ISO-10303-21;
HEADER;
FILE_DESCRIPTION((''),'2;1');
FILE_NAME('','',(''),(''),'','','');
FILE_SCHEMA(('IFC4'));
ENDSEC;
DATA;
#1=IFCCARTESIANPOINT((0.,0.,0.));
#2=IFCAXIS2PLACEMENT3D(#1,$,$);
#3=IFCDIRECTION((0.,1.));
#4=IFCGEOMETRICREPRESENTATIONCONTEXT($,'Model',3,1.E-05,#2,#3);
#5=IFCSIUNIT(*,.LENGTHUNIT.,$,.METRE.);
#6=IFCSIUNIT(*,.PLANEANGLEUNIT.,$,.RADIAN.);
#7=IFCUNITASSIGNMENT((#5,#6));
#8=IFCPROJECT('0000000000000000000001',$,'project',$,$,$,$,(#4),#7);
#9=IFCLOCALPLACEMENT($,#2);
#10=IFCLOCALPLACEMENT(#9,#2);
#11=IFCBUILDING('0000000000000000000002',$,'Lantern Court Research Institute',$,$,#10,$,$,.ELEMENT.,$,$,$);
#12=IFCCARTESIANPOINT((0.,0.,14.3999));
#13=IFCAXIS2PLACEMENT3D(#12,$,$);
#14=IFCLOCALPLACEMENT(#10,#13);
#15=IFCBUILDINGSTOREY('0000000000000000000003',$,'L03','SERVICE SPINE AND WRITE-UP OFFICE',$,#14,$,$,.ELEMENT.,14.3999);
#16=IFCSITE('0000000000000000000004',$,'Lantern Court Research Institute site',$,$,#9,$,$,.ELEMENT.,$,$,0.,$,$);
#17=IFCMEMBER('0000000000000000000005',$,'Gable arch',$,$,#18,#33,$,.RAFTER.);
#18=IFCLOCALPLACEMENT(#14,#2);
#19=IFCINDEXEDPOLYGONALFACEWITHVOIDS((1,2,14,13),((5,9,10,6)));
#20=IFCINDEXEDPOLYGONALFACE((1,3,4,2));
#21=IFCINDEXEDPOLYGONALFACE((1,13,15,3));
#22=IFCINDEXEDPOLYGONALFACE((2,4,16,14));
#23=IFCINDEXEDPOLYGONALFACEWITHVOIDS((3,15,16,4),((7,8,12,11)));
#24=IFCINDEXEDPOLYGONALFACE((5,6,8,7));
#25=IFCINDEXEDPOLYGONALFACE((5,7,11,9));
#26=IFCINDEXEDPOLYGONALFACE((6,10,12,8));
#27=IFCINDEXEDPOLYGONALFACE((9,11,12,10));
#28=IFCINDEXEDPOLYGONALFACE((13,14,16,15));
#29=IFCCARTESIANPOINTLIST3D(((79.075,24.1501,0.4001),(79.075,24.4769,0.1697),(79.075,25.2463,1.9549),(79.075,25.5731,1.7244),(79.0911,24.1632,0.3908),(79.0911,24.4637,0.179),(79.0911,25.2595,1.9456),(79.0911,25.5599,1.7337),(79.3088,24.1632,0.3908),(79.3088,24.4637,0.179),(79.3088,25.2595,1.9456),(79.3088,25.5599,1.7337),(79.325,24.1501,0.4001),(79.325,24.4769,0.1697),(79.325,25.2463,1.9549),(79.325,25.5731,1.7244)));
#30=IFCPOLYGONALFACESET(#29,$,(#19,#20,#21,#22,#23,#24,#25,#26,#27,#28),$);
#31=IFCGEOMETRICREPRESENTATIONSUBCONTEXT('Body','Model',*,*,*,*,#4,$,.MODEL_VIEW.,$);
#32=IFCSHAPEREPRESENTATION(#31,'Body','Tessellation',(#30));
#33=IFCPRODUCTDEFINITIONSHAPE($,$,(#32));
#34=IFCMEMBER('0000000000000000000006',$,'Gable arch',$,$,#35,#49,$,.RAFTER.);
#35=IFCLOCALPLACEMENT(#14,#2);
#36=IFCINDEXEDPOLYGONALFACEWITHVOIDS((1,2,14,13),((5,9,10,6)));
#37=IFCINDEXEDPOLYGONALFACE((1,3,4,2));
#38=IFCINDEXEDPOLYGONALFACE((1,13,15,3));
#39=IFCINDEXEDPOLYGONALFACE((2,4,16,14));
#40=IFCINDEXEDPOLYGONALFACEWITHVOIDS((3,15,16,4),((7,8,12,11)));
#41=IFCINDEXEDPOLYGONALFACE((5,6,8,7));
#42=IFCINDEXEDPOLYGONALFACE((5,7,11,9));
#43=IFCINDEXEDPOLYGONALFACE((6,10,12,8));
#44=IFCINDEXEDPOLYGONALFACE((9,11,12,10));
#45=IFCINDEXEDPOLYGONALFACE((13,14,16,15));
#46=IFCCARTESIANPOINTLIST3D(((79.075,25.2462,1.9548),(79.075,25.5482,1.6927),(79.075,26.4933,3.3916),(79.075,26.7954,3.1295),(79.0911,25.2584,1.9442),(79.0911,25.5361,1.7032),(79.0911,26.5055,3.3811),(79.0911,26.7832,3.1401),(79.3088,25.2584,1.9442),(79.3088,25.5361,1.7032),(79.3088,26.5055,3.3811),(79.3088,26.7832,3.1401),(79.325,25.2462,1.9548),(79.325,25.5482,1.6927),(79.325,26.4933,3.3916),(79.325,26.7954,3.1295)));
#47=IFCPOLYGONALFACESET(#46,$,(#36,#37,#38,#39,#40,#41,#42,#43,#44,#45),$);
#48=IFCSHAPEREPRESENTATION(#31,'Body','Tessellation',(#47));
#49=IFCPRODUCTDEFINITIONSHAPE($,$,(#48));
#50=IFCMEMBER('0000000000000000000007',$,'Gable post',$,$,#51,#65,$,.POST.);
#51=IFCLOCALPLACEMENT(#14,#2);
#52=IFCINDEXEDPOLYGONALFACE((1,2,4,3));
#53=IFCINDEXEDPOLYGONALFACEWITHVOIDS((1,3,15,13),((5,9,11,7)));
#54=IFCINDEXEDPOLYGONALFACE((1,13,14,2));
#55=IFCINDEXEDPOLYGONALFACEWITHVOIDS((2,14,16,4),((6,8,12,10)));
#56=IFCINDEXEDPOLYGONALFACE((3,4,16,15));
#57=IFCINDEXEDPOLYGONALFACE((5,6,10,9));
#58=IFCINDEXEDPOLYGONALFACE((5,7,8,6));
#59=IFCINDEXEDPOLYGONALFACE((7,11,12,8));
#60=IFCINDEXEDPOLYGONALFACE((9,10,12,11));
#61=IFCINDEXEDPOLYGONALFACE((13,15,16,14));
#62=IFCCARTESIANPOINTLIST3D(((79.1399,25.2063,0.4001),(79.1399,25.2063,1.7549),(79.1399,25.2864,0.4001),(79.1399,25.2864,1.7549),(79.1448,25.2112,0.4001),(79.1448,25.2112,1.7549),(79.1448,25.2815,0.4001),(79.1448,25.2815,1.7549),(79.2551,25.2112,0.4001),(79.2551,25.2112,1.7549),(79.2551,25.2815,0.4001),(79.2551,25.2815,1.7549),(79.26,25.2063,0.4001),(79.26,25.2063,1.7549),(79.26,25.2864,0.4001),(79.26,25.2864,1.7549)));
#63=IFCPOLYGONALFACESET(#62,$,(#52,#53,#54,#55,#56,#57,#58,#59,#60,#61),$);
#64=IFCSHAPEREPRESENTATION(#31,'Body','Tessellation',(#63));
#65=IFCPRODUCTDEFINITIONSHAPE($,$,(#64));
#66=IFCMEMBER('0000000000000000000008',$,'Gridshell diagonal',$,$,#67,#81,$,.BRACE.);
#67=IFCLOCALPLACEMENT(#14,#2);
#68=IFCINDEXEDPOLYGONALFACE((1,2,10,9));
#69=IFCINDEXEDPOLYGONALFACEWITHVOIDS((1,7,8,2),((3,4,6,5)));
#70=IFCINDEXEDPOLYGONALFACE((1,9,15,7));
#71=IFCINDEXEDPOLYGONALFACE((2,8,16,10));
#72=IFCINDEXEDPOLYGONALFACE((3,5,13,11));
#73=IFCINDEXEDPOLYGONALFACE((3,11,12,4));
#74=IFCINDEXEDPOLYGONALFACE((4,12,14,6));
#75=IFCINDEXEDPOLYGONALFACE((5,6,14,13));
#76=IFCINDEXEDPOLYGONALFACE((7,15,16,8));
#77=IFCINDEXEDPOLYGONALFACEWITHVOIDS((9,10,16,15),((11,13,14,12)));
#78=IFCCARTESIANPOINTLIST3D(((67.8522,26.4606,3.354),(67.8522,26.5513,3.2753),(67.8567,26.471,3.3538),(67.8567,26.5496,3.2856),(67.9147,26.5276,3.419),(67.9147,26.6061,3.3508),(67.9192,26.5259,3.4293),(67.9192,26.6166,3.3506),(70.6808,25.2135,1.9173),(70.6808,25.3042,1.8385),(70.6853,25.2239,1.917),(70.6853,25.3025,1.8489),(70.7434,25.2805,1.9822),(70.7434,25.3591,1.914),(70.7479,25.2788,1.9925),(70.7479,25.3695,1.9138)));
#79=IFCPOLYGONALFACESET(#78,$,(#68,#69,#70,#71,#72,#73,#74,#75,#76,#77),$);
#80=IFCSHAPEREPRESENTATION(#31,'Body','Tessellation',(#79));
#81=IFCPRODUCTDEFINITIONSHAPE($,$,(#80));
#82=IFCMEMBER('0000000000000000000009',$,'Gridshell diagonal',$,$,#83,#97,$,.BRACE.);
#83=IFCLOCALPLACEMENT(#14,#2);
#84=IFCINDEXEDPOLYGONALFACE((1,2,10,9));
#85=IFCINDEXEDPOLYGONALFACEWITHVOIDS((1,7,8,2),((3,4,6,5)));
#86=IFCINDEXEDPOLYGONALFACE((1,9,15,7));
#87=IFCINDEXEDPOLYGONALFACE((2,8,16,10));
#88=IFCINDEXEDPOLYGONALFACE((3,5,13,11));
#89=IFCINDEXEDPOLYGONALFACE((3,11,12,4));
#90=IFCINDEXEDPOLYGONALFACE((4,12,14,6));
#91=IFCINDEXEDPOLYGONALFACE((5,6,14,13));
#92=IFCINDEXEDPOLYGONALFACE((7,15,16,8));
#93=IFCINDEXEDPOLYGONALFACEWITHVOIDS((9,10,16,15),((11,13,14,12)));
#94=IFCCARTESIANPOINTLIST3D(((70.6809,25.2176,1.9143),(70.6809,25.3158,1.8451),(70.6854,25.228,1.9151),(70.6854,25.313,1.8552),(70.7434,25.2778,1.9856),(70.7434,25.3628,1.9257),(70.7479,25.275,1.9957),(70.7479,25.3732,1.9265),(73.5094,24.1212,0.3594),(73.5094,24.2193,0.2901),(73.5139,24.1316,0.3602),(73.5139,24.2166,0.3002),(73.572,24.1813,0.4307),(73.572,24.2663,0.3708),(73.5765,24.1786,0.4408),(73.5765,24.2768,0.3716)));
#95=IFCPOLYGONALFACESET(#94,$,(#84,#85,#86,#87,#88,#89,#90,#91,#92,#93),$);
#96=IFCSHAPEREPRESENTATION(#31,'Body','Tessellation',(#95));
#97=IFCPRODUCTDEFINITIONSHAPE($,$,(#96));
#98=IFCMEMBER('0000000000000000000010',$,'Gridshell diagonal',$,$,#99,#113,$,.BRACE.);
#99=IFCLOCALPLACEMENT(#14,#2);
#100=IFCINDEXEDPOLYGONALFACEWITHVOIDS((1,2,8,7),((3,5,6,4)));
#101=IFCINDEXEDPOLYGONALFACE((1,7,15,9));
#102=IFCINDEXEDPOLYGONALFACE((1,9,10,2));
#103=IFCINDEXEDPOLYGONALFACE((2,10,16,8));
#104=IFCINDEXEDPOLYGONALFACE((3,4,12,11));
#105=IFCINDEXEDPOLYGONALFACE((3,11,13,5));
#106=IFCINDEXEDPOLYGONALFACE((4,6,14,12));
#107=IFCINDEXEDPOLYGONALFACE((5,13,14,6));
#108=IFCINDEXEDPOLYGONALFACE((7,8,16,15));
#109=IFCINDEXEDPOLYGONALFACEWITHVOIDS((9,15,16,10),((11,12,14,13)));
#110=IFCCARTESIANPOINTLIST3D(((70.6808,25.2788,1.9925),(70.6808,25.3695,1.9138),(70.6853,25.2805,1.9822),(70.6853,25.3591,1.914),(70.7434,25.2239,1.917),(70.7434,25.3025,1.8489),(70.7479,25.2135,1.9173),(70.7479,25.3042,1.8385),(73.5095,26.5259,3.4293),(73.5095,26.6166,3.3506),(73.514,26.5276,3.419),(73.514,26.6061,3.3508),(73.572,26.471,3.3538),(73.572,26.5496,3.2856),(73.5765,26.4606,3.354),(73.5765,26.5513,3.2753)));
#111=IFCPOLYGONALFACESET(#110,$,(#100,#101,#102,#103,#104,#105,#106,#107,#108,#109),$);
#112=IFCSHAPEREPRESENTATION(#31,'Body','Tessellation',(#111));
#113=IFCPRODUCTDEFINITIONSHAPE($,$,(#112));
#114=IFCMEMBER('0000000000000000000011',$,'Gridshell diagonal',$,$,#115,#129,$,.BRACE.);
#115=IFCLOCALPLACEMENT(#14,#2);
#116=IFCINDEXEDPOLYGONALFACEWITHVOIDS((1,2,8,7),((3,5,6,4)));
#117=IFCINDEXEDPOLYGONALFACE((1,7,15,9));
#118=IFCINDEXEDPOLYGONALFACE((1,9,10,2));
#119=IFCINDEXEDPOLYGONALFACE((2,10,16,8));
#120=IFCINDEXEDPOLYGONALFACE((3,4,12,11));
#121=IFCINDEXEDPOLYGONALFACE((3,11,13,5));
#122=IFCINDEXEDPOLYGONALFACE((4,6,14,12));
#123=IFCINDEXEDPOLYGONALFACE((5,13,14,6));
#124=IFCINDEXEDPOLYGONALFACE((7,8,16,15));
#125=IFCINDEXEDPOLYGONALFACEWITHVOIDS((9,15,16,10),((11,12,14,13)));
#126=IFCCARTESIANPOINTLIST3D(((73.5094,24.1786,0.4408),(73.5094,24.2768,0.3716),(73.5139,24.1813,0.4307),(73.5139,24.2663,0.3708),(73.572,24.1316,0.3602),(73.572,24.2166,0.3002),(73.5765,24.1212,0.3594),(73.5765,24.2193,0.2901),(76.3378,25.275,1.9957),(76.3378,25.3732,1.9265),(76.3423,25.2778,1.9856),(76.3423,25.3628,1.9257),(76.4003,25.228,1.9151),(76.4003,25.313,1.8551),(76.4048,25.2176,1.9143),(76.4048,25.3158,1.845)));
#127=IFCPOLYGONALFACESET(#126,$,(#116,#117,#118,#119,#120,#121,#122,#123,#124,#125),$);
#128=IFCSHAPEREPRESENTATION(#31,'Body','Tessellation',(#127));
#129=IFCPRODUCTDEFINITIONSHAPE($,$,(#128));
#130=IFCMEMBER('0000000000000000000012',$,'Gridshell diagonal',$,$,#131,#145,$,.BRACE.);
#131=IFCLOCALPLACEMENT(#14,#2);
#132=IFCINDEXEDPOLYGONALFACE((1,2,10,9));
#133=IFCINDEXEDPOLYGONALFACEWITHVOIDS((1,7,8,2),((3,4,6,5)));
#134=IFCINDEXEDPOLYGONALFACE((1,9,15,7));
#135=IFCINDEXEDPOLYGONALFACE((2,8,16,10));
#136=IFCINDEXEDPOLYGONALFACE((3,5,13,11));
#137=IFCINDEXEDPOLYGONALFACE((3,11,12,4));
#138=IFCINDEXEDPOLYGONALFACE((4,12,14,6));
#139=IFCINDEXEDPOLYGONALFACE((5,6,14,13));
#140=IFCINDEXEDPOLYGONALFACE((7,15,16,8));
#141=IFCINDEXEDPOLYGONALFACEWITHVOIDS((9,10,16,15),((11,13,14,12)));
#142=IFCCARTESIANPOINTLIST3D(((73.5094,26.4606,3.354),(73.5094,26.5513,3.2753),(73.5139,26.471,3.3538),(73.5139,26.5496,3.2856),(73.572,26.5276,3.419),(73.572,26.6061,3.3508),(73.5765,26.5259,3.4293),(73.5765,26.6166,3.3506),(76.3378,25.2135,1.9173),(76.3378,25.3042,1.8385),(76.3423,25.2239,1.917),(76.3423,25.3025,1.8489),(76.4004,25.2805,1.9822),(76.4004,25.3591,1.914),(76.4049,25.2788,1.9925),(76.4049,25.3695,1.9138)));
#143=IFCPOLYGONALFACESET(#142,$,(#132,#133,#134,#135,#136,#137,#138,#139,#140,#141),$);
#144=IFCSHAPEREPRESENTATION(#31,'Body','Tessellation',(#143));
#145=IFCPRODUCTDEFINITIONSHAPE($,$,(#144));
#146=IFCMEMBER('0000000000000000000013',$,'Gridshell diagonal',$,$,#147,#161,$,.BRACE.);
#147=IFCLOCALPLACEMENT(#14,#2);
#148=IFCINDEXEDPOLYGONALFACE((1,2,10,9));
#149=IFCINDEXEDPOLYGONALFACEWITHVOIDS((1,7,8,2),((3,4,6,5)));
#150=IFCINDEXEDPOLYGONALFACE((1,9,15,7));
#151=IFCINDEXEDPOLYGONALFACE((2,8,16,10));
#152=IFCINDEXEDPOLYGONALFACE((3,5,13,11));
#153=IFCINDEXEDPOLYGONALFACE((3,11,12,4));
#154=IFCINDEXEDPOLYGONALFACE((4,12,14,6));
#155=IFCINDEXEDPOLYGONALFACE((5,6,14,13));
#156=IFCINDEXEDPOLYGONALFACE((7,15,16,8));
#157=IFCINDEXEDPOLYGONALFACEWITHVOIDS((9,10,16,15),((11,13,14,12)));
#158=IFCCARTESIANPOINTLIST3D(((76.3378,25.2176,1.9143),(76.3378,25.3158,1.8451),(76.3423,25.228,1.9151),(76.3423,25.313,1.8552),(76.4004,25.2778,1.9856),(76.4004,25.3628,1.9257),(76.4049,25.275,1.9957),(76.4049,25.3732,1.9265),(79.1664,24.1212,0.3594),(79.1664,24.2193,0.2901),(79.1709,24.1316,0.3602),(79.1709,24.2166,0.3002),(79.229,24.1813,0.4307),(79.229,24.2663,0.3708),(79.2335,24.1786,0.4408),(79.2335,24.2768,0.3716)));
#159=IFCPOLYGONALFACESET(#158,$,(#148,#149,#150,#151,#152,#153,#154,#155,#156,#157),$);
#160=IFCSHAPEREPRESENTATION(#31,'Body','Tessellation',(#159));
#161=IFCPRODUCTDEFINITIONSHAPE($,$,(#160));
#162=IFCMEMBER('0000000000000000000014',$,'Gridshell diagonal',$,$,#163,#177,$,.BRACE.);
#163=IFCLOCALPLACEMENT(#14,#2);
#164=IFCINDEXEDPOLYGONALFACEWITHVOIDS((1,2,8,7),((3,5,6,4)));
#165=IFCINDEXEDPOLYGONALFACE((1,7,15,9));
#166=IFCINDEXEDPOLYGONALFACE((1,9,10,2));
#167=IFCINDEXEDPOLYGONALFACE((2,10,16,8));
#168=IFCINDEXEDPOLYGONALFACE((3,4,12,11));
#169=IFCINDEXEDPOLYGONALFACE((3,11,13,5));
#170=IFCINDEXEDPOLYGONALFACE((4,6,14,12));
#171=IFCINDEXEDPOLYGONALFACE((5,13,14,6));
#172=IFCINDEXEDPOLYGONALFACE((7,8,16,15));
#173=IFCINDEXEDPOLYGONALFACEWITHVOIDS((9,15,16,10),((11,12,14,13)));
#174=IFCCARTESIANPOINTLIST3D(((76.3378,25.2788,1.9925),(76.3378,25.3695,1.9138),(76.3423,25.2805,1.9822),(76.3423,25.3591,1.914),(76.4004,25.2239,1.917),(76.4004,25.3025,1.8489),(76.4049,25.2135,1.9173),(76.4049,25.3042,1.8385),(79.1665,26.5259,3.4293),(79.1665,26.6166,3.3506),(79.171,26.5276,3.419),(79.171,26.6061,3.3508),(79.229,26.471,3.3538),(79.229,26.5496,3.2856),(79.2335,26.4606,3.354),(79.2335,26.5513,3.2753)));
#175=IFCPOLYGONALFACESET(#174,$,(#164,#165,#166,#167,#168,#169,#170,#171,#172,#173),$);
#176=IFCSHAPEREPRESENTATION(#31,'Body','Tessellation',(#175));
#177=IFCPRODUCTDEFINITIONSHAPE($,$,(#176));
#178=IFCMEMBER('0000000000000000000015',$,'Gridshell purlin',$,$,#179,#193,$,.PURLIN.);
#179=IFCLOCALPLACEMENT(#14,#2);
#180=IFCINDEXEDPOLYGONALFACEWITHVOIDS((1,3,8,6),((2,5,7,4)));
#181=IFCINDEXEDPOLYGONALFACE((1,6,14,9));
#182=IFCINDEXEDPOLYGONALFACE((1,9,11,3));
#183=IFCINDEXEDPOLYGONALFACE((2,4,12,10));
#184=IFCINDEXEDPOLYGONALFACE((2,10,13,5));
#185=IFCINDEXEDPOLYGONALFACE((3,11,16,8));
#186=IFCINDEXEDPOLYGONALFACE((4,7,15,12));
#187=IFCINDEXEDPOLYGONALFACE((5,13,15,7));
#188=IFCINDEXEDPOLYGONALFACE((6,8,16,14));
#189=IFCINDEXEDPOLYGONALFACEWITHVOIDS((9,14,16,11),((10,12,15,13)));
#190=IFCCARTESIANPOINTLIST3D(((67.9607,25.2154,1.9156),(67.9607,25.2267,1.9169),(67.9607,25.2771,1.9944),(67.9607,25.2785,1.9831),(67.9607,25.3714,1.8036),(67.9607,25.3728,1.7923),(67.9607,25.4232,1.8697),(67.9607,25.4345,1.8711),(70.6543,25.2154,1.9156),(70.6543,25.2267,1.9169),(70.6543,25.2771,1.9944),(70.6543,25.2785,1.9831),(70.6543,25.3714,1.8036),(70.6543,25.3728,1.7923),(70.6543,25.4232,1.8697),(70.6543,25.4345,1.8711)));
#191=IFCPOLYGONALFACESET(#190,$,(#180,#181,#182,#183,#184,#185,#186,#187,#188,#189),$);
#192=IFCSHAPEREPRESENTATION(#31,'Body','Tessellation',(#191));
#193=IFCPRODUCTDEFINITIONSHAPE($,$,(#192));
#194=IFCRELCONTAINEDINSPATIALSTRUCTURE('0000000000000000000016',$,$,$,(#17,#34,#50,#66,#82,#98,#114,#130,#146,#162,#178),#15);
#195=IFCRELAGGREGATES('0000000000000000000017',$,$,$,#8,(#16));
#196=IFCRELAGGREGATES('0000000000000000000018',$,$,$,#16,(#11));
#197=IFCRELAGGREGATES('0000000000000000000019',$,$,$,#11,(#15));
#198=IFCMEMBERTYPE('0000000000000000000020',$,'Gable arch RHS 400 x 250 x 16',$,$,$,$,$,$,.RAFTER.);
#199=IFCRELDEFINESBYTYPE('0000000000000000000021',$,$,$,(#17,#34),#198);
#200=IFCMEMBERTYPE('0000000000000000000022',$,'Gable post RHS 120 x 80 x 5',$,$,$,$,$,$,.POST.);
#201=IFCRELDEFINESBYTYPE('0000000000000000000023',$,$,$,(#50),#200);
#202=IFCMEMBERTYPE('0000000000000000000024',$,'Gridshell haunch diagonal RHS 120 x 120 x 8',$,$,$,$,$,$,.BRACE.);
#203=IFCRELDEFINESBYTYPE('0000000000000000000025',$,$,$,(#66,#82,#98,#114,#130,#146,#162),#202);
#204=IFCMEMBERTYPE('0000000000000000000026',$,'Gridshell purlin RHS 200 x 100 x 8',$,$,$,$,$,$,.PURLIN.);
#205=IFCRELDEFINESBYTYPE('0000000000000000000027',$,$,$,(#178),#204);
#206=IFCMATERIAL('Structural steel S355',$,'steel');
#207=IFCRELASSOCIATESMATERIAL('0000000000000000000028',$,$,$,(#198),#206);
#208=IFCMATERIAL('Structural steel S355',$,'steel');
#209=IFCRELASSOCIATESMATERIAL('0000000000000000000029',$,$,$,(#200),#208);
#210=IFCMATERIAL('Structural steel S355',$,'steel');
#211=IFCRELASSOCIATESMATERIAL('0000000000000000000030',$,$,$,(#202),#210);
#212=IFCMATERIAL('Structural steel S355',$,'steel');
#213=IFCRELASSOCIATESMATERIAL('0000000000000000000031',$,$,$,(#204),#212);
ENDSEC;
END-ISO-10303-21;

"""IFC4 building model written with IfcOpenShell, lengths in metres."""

from ifc_helpers import new_model, si_unit, direction, frame, origin, origin_2d, place, context, subcontext, project, spatial, hollow_rectangle, extrude, material, material_profile, profile_set, type_object, element, save


model = new_model("IFC4")

# Units and contexts
model_context = context("Model", 3, precision=1e-05, world=origin(), true_north=direction((0.0, 1.0)))
body_context = subcontext(model_context, "Body", "Model", "MODEL_VIEW")
ifc_project = project(units=[si_unit("LENGTHUNIT", "METRE"), si_unit("PLANEANGLEUNIT", "RADIAN")], contexts=[model_context])

# Site, building, storey
site_placement = place(None, origin())
site = spatial("IfcSite", under=ifc_project, at=site_placement, Name="Lantern Court Research Institute site", CompositionType="ELEMENT", RefElevation=0.0)
building_placement = place(site_placement, origin())
building = spatial("IfcBuilding", under=site, at=building_placement, Name="Lantern Court Research Institute", CompositionType="ELEMENT")
storey_placement = place(building_placement, frame((0.0, 0.0, 14.3999)))
storey = spatial("IfcBuildingStorey", under=building, at=storey_placement, Name="L03", Description="SERVICE SPINE AND WRITE-UP OFFICE", CompositionType="ELEMENT", Elevation=14.3999)

# Members
ifc_material_1 = material(Name="Structural steel S355", Category="steel")
ifc_material_profile_1 = material_profile(ifc_material_1, hollow_rectangle(XDim=0.25, YDim=0.3999, WallThickness=0.0161, at=origin_2d()), Name="Gable arch RHS 400 x 250 x 16")
ifc_profile_set_1 = profile_set([ifc_material_profile_1], Name="Structural steel S355")
member_type_1 = type_object("IfcMemberType", Name="Gable arch RHS 400 x 250 x 16", PredefinedType="RAFTER", material=ifc_profile_set_1)
member_1_placement = place(storey_placement, frame((79.2, 24.3135, 0.2849), z_axis=(0.0, 0.57625, 0.817274), x_axis=(-1.0, 0.0, 0.0)))
element("IfcMember", 1, at=member_1_placement, inside=storey, type_object=member_type_1, Name="Gable arch", PredefinedType="RAFTER", context=body_context, shape_type="SweptSolid", body=[
    extrude(hollow_rectangle(XDim=0.25, YDim=0.3999, WallThickness=0.0161, at=origin_2d()), origin(), (0.0, 0.0, 1.0), 1.9023),
])
member_2_placement = place(storey_placement, frame((79.2, 25.3972, 1.8237), z_axis=(0.0, 0.655492, 0.755202), x_axis=(-1.0, 0.0, 0.0)))
element("IfcMember", 2, at=member_2_placement, inside=storey, type_object=member_type_1, Name="Gable arch", PredefinedType="RAFTER", context=body_context, shape_type="SweptSolid", body=[
    extrude(hollow_rectangle(XDim=0.25, YDim=0.3999, WallThickness=0.0161, at=origin_2d()), origin(), (0.0, 0.0, 1.0), 1.9026),
])
ifc_material_2 = material(Name="Structural steel S355", Category="steel")
ifc_material_profile_2 = material_profile(ifc_material_2, hollow_rectangle(XDim=0.1201, YDim=0.0801, WallThickness=0.0049, at=origin_2d()), Name="Gable post RHS 120 x 80 x 5")
ifc_profile_set_2 = profile_set([ifc_material_profile_2], Name="Structural steel S355")
member_type_2 = type_object("IfcMemberType", Name="Gable post RHS 120 x 80 x 5", PredefinedType="POST", material=ifc_profile_set_2)
member_3_placement = place(storey_placement, frame((79.2, 25.2463, 0.4001), z_axis=(0.0, 0.0, 1.0), x_axis=(1.0, 0.0, 0.0)))
element("IfcMember", 3, at=member_3_placement, inside=storey, type_object=member_type_2, Name="Gable post", PredefinedType="POST", context=body_context, shape_type="SweptSolid", body=[
    extrude(hollow_rectangle(XDim=0.1201, YDim=0.0801, WallThickness=0.0049, at=origin_2d()), origin(), (0.0, 0.0, 1.0), 1.3547),
])
ifc_material_3 = material(Name="Structural steel S355", Category="steel")
ifc_material_profile_3 = material_profile(ifc_material_3, hollow_rectangle(XDim=0.1201, YDim=0.1201, WallThickness=0.0081, at=origin_2d()), Name="Gridshell haunch diagonal RHS 120 x 120 x 8")
ifc_profile_set_3 = profile_set([ifc_material_profile_3], Name="Structural steel S355")
member_type_3 = type_object("IfcMemberType", Name="Gridshell haunch diagonal RHS 120 x 120 x 8", PredefinedType="BRACE", material=ifc_profile_set_3)
for number, where, z_axis, x_axis, name in (
    (4, (70.7144, 25.2915, 1.9155), (-0.829775, 0.365829, 0.421477), (-0.558098, -0.543914, -0.626645), "Gridshell diagonal"),
    (5, (73.543, 24.199, 0.3655), (-0.829757, 0.321633, 0.45613), (-0.558124, -0.478138, -0.678146), "Gridshell diagonal"),
    (6, (70.7144, 25.2915, 1.9155), (0.829775, 0.365829, 0.421477), (-0.558098, 0.543914, 0.626645), "Gridshell diagonal"),
):
    element("IfcMember", number, at=place(storey_placement, frame(where, z_axis=z_axis, x_axis=x_axis)), inside=storey, type_object=member_type_3, Name=name, PredefinedType="BRACE", context=body_context, shape_type="SweptSolid", body=[
        extrude(hollow_rectangle(XDim=0.1201, YDim=0.1201, WallThickness=0.0081, at=origin_2d()), origin(), (0.0, 0.0, 1.0), 3.4089),
    ])
for number, where, z_axis, x_axis, name in (
    (7, (73.543, 24.199, 0.3655), (0.829735, 0.321652, 0.456157), (-0.558157, 0.478114, 0.678135), "Gridshell diagonal"),
    (8, (76.3713, 25.2915, 1.9155), (-0.829753, 0.36585, 0.421502), (-0.558131, -0.543889, -0.626637), "Gridshell diagonal"),
):
    element("IfcMember", number, at=place(storey_placement, frame(where, z_axis=z_axis, x_axis=x_axis)), inside=storey, type_object=member_type_3, Name=name, PredefinedType="BRACE", context=body_context, shape_type="SweptSolid", body=[
        extrude(hollow_rectangle(XDim=0.1201, YDim=0.1201, WallThickness=0.0081, at=origin_2d()), origin(), (0.0, 0.0, 1.0), 3.4087),
    ])
for number, where, z_axis, x_axis, name in (
    (9, (79.2, 24.199, 0.3655), (-0.829757, 0.321633, 0.45613), (-0.558124, -0.478138, -0.678146), "Gridshell diagonal"),
    (10, (76.3713, 25.2915, 1.9155), (0.829775, 0.365829, 0.421477), (-0.558098, 0.543914, 0.626645), "Gridshell diagonal"),
):
    element("IfcMember", number, at=place(storey_placement, frame(where, z_axis=z_axis, x_axis=x_axis)), inside=storey, type_object=member_type_3, Name=name, PredefinedType="BRACE", context=body_context, shape_type="SweptSolid", body=[
        extrude(hollow_rectangle(XDim=0.1201, YDim=0.1201, WallThickness=0.0081, at=origin_2d()), origin(), (0.0, 0.0, 1.0), 3.4089),
    ])
ifc_material_4 = material(Name="Structural steel S355", Category="steel")
ifc_material_profile_4 = material_profile(ifc_material_4, hollow_rectangle(XDim=0.1001, YDim=0.2, WallThickness=0.0081, at=origin_2d()), Name="Gridshell purlin RHS 200 x 100 x 8")
ifc_profile_set_4 = profile_set([ifc_material_profile_4], Name="Structural steel S355")
member_type_4 = type_object("IfcMemberType", Name="Gridshell purlin RHS 200 x 100 x 8", PredefinedType="PURLIN", material=ifc_profile_set_4)
for number, where, z_axis, x_axis, name in (
    (11, (67.9607, 25.325, 1.8933), (1.0, 0.0, 0.0), (0.0, 0.616657, 0.787232), "Gridshell purlin"),
):
    element("IfcMember", number, at=place(storey_placement, frame(where, z_axis=z_axis, x_axis=x_axis)), inside=storey, type_object=member_type_4, Name=name, PredefinedType="PURLIN", context=body_context, shape_type="SweptSolid", body=[
        extrude(hollow_rectangle(XDim=0.1001, YDim=0.2, WallThickness=0.0081, at=origin_2d()), origin(), (0.0, 0.0, 1.0), 2.6936),
    ])

save(model, "model.ifc")
